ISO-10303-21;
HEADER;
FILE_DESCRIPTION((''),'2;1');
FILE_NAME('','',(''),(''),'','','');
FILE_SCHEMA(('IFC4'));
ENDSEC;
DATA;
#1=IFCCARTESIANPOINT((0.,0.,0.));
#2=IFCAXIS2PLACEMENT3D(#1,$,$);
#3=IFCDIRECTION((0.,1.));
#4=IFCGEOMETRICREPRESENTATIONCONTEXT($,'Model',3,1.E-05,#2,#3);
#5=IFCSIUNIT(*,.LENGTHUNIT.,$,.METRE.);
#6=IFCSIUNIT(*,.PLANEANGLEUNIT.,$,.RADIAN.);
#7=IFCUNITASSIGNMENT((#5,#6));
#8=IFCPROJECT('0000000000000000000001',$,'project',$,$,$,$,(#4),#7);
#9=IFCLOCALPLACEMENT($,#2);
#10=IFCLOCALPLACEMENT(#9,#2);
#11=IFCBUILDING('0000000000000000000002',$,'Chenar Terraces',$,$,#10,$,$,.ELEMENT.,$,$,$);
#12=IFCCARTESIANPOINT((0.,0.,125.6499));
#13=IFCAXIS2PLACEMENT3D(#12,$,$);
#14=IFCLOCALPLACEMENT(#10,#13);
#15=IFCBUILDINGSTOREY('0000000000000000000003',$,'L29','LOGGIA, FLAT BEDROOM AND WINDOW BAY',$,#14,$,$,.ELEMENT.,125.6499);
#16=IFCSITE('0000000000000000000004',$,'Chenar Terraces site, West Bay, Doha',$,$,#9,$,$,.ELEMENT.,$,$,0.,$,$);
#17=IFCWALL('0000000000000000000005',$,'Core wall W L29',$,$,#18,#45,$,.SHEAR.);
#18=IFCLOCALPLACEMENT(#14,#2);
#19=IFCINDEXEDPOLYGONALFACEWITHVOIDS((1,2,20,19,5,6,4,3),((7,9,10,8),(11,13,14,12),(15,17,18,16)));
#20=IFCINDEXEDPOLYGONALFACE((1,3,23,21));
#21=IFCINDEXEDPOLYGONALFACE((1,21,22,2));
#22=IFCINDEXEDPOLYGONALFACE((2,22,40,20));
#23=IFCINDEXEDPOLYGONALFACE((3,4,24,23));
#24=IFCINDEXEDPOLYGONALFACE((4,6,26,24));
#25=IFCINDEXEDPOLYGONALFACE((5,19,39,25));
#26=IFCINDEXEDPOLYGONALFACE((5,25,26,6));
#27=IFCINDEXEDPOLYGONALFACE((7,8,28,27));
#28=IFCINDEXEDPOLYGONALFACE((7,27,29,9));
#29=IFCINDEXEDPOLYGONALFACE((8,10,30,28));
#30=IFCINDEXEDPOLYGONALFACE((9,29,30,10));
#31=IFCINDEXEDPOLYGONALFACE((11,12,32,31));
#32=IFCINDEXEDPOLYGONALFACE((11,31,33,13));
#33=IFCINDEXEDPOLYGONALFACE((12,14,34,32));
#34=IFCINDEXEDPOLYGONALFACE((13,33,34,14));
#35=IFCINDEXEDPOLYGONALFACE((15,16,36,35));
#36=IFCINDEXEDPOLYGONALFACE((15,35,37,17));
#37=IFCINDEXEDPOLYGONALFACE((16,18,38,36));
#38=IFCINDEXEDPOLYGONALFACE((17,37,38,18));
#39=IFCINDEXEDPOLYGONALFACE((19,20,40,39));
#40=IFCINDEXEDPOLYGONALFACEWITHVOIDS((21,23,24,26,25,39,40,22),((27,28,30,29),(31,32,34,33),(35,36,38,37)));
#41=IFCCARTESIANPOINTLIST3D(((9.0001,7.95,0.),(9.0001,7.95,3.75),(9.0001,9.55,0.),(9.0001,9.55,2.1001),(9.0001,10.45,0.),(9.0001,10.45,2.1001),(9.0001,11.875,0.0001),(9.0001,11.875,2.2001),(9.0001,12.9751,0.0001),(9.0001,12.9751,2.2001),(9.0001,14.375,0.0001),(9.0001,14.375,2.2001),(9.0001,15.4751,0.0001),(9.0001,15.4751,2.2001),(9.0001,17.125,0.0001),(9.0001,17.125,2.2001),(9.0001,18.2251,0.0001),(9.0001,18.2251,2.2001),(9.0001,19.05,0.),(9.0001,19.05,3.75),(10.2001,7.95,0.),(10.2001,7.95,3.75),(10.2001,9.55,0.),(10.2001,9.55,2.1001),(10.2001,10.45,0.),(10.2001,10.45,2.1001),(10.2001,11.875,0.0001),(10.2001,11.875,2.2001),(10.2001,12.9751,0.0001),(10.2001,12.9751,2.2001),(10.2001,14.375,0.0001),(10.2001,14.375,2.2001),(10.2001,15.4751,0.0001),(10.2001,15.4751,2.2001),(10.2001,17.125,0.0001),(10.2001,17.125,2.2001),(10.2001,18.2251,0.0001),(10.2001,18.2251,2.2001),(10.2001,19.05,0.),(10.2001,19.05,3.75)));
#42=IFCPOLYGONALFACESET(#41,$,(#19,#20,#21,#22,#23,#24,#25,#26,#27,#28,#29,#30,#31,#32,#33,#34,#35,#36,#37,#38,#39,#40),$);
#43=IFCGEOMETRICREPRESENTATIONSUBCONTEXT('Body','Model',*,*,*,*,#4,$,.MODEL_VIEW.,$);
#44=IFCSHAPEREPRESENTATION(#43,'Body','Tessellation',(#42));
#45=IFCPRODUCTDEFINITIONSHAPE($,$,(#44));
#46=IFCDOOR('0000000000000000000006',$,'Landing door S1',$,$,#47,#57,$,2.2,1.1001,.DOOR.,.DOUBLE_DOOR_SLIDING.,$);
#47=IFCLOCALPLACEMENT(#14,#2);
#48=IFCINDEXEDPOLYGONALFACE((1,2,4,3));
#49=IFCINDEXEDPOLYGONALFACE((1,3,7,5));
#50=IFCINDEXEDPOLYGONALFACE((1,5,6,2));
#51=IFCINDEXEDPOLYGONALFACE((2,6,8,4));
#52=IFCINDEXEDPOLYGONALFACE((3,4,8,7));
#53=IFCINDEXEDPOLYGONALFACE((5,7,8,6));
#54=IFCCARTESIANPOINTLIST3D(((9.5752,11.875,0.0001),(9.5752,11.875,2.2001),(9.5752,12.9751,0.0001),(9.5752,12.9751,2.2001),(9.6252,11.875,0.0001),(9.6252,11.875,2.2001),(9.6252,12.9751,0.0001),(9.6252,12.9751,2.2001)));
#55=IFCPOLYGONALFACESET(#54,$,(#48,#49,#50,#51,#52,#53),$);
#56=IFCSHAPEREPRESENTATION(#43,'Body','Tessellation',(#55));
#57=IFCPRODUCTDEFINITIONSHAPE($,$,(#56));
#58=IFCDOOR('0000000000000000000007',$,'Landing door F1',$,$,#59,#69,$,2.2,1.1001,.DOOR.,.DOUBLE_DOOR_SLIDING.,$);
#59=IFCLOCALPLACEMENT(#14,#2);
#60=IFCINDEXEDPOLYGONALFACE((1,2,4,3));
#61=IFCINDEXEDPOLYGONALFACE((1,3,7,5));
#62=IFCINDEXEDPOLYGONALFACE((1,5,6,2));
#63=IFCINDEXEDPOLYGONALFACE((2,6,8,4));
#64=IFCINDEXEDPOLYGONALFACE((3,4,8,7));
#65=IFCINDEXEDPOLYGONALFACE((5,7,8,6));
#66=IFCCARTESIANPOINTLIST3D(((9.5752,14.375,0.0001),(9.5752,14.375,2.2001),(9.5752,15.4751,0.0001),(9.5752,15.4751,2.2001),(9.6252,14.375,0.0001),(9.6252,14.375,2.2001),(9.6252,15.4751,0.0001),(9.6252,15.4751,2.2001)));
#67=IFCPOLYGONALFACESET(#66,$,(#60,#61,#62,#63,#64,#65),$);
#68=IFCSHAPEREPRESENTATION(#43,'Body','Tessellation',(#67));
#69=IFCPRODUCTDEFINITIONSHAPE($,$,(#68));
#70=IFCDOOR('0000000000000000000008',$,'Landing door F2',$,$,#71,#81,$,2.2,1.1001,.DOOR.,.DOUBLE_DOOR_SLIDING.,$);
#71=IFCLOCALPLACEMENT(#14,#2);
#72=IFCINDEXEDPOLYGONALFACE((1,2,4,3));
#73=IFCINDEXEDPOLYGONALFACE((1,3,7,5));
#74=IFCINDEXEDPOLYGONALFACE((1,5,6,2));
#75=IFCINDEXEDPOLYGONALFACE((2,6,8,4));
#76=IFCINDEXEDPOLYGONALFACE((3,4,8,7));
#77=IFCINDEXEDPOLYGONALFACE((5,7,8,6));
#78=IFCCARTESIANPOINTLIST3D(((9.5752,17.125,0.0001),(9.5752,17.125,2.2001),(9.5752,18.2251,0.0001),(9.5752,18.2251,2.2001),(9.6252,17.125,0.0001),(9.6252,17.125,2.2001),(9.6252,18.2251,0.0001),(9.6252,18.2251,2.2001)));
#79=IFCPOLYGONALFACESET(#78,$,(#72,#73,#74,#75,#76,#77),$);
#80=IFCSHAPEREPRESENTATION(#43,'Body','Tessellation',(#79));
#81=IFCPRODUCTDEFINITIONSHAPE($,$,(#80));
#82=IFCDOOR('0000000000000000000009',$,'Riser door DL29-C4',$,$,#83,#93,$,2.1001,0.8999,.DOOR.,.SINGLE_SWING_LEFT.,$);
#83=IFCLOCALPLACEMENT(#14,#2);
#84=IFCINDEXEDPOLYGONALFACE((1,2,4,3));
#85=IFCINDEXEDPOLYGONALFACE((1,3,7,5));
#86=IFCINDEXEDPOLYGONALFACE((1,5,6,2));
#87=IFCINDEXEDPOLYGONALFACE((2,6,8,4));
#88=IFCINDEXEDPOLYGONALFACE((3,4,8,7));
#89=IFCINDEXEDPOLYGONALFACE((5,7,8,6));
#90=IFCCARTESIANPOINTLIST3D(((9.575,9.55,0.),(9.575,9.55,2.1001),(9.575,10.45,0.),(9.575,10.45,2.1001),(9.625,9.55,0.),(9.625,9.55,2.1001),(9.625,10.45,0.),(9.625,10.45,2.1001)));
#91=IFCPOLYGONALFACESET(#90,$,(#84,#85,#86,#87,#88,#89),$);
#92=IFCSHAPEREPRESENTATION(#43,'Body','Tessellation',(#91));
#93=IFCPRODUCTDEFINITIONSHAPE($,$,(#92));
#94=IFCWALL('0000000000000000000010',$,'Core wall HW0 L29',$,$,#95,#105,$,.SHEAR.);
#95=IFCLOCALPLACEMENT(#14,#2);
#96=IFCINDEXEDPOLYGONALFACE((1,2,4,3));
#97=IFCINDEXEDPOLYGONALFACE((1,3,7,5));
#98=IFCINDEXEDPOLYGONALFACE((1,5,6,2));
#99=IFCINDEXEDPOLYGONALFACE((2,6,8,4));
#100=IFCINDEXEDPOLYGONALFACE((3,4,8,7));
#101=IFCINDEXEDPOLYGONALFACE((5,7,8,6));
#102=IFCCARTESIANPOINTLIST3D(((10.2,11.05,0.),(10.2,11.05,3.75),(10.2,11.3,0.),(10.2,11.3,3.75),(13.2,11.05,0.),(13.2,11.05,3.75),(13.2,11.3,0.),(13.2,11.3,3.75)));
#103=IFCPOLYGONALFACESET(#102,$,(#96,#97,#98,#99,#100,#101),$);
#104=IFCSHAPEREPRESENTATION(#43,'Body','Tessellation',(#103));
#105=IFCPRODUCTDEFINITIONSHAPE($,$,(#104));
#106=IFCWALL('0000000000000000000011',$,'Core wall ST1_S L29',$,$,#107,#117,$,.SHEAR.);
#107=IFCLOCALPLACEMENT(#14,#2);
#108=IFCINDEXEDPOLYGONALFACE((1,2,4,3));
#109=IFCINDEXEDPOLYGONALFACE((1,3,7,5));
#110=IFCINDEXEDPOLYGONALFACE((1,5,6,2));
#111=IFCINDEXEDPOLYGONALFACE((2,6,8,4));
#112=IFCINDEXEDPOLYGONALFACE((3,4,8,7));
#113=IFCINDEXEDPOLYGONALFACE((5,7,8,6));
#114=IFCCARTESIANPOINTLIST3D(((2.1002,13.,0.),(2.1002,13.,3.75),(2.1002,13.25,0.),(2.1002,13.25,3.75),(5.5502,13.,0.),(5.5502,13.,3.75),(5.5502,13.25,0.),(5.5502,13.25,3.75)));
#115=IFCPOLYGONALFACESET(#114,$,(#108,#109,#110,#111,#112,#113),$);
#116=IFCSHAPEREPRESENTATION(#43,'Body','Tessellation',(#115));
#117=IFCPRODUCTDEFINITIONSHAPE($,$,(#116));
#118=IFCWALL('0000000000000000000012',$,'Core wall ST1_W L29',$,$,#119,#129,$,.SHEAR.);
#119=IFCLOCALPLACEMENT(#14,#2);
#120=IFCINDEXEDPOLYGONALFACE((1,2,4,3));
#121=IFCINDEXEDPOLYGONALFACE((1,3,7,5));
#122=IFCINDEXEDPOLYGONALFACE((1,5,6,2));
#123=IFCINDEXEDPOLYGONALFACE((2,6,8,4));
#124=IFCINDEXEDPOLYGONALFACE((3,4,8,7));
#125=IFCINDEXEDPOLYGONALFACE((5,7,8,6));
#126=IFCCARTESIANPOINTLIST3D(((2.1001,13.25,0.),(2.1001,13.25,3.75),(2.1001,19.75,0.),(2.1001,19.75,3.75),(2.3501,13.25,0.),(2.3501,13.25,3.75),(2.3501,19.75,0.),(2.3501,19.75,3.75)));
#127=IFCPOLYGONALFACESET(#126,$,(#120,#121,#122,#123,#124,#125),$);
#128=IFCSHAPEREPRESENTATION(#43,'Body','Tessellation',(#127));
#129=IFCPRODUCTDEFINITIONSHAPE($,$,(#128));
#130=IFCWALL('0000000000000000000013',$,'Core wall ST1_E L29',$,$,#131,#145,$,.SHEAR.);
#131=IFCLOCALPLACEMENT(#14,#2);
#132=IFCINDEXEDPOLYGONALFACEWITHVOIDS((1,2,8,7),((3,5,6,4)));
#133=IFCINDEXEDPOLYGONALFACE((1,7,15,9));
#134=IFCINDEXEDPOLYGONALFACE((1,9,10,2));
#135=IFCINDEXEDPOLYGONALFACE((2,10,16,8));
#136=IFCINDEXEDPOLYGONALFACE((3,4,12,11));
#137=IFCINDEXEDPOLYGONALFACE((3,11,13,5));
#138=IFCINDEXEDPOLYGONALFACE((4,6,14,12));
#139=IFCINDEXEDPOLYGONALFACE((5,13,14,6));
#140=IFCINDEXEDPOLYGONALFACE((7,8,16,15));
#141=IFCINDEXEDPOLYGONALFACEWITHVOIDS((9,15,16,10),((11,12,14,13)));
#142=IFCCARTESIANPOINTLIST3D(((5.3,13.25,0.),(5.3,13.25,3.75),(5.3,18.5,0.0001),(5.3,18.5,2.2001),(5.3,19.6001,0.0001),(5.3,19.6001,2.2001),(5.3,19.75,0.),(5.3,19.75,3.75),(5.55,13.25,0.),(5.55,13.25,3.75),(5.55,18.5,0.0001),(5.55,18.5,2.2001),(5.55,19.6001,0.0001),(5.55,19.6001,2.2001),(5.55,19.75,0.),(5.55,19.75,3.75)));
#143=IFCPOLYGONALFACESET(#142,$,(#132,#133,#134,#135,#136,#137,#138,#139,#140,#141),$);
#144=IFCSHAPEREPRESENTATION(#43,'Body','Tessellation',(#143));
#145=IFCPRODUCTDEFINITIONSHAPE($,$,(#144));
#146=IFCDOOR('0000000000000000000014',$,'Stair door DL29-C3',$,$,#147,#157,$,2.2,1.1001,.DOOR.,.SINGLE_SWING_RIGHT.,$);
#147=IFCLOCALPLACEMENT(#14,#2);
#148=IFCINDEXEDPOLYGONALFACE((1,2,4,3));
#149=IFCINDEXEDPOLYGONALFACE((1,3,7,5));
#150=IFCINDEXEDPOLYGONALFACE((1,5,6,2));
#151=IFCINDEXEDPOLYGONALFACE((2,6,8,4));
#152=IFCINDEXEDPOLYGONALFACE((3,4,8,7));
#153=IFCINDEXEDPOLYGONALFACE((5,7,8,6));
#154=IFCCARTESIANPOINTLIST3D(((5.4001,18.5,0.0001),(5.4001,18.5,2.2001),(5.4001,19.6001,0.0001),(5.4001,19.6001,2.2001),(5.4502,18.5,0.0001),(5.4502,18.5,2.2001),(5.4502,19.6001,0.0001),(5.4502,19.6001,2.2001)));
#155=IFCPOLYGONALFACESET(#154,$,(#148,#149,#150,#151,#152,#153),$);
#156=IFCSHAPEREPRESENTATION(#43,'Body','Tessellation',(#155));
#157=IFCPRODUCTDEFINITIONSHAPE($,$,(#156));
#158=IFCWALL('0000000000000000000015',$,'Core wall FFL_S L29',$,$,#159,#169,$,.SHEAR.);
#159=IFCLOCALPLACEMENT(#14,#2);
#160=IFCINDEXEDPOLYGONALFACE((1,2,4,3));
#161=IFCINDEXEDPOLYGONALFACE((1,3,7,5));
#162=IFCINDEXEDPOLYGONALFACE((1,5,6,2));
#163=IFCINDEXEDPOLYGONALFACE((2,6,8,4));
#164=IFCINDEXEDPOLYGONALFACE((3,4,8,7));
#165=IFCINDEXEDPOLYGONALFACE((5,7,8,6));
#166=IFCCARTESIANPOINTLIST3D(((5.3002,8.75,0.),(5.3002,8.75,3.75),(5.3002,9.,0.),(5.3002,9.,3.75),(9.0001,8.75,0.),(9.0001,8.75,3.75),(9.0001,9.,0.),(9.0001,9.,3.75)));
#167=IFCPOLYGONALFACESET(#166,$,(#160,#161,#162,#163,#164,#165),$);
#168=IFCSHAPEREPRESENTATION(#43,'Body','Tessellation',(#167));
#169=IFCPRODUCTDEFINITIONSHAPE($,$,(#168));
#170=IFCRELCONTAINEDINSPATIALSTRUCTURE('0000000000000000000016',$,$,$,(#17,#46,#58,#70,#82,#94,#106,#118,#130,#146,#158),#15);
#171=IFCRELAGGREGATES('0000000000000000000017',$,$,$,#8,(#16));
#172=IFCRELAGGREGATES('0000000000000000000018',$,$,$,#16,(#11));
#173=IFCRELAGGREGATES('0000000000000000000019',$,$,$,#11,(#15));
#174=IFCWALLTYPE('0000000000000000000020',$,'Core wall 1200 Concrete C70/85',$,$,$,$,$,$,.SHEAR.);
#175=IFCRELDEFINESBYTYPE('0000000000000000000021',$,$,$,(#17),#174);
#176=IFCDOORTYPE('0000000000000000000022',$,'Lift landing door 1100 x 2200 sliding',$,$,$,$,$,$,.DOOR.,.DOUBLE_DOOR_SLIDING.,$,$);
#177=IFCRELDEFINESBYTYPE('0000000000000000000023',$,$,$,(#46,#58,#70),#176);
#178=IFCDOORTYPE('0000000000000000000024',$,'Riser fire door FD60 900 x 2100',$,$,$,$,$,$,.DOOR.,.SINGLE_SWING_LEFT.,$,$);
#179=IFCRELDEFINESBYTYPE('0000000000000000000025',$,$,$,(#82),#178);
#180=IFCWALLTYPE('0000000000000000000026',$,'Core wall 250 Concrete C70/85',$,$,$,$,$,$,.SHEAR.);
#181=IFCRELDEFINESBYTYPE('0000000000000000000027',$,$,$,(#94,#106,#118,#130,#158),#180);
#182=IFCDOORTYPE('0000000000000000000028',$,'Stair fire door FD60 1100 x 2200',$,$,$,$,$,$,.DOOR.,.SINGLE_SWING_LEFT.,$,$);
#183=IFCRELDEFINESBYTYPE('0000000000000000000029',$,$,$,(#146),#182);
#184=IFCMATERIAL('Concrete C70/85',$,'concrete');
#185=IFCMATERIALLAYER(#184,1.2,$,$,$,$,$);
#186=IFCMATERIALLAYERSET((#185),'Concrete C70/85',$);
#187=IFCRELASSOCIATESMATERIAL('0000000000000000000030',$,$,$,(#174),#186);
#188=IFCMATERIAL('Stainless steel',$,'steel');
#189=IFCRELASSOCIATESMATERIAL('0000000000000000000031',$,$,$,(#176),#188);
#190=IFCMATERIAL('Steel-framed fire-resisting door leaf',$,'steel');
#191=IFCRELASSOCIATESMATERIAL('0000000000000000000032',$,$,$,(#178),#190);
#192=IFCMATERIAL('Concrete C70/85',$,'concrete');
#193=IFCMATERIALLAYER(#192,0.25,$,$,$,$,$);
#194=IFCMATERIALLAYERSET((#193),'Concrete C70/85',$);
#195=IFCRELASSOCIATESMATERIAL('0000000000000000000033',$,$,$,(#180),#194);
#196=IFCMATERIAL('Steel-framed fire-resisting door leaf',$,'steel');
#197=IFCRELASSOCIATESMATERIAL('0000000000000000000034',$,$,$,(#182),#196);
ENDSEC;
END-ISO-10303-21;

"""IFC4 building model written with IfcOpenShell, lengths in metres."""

from ifc_helpers import new_model, si_unit, direction, frame, frame_2d, origin, place, context, subcontext, project, spatial, rectangle, extrude, material, layer, layer_set, type_object, element, fill, save


model = new_model("IFC4")

# Units and contexts
model_context = context("Model", 3, precision=1e-05, world=origin(), true_north=direction((0.0, 1.0)))
body_context = subcontext(model_context, "Body", "Model", "MODEL_VIEW")
ifc_project = project(units=[si_unit("LENGTHUNIT", "METRE"), si_unit("PLANEANGLEUNIT", "RADIAN")], contexts=[model_context])

# Site, building, storey
site_placement = place(None, origin())
site = spatial("IfcSite", under=ifc_project, at=site_placement, Name="Chenar Terraces site, West Bay, Doha", CompositionType="ELEMENT", RefElevation=0.0)
building_placement = place(site_placement, origin())
building = spatial("IfcBuilding", under=site, at=building_placement, Name="Chenar Terraces", CompositionType="ELEMENT")
storey_placement = place(building_placement, frame((0.0, 0.0, 125.6499)))
storey = spatial("IfcBuildingStorey", under=building, at=storey_placement, Name="L29", Description="LOGGIA, FLAT BEDROOM AND WINDOW BAY", CompositionType="ELEMENT", Elevation=125.6499)

# Wall, openings, doors
ifc_material_1 = material(Name="Concrete C70/85", Category="concrete")
ifc_layer_1 = layer(ifc_material_1, 1.2)
ifc_layer_set_1 = layer_set([ifc_layer_1], Name="Concrete C70/85")
wall_type_1 = type_object("IfcWallType", Name="Core wall 1200 Concrete C70/85", PredefinedType="SHEAR", material=ifc_layer_set_1)
wall_1_placement = place(storey_placement, frame((9.6001, 7.95, 0.0), z_axis=(0.0, 0.0, 1.0), x_axis=(0.0, 1.0, 0.0)))
wall_1 = element("IfcWall", 1, at=wall_1_placement, inside=storey, type_object=wall_type_1, Name="Core wall W L29", PredefinedType="SHEAR", context=body_context, shape_type="SweptSolid", body=[
    extrude(rectangle(XDim=11.1001, YDim=1.2, at=frame_2d((5.55, 0.0))), origin(), (0.0, 0.0, 1.0), 3.75),
])
opening_1_placement = place(wall_1_placement, frame((3.925, 0.0, 0.0)))
opening_1 = element("IfcOpeningElement", 2, at=opening_1_placement, cuts=wall_1, PredefinedType="OPENING", context=body_context, shape_type="SweptSolid", body=[
    extrude(rectangle(XDim=1.1001, YDim=2.2, at=frame_2d((0.55, 1.1001))), frame((0.0, 0.6099, 0.0), z_axis=(0.0, -1.0, 0.0), x_axis=(1.0, 0.0, 0.0)), (0.0, 0.0, 1.0), 1.22),
])
opening_2_placement = place(wall_1_placement, frame((6.425, 0.0, 0.0)))
opening_2 = element("IfcOpeningElement", 3, at=opening_2_placement, cuts=wall_1, PredefinedType="OPENING", context=body_context, shape_type="SweptSolid", body=[
    extrude(rectangle(XDim=1.1001, YDim=2.2, at=frame_2d((0.55, 1.1001))), frame((0.0, 0.6099, 0.0), z_axis=(0.0, -1.0, 0.0), x_axis=(1.0, 0.0, 0.0)), (0.0, 0.0, 1.0), 1.22),
])
opening_3_placement = place(wall_1_placement, frame((9.175, 0.0, 0.0)))
opening_3 = element("IfcOpeningElement", 4, at=opening_3_placement, cuts=wall_1, PredefinedType="OPENING", context=body_context, shape_type="SweptSolid", body=[
    extrude(rectangle(XDim=1.1001, YDim=2.2, at=frame_2d((0.55, 1.1001))), frame((0.0, 0.6099, 0.0), z_axis=(0.0, -1.0, 0.0), x_axis=(1.0, 0.0, 0.0)), (0.0, 0.0, 1.0), 1.22),
])
opening_4_placement = place(wall_1_placement, frame((1.6001, 0.0, 0.0)))
opening_4 = element("IfcOpeningElement", 5, at=opening_4_placement, cuts=wall_1, PredefinedType="OPENING", context=body_context, shape_type="SweptSolid", body=[
    extrude(rectangle(XDim=0.8999, YDim=2.1001, at=frame_2d((0.45, 1.05))), frame((0.0, 0.6099, 0.0), z_axis=(0.0, -1.0, 0.0), x_axis=(1.0, 0.0, 0.0)), (0.0, 0.0, 1.0), 1.22),
])
ifc_material_2 = material(Name="Stainless steel", Category="steel")
door_type_1 = type_object("IfcDoorType", Name="Lift landing door 1100 x 2200 sliding", OperationType="DOUBLE_DOOR_SLIDING", PredefinedType="DOOR", material=ifc_material_2)
door_1_placement = place(opening_1_placement, origin())
door_1 = element("IfcDoor", 6, at=door_1_placement, inside=storey, type_object=door_type_1, Name="Landing door S1", OperationType="DOUBLE_DOOR_SLIDING", OverallHeight=2.2, OverallWidth=1.1001, PredefinedType="DOOR", context=body_context, shape_type="SweptSolid", body=[
    extrude(rectangle(XDim=1.1001, YDim=2.2, at=frame_2d((0.55, 1.1001))), frame((0.0, 0.0249, 0.0), z_axis=(0.0, -1.0, 0.0), x_axis=(1.0, 0.0, 0.0)), (0.0, 0.0, 1.0), 0.05),
])
fill(opening_1, door_1)
door_2_placement = place(opening_2_placement, origin())
door_2 = element("IfcDoor", 7, at=door_2_placement, inside=storey, type_object=door_type_1, Name="Landing door F1", OperationType="DOUBLE_DOOR_SLIDING", OverallHeight=2.2, OverallWidth=1.1001, PredefinedType="DOOR", context=body_context, shape_type="SweptSolid", body=[
    extrude(rectangle(XDim=1.1001, YDim=2.2, at=frame_2d((0.55, 1.1001))), frame((0.0, 0.0249, 0.0), z_axis=(0.0, -1.0, 0.0), x_axis=(1.0, 0.0, 0.0)), (0.0, 0.0, 1.0), 0.05),
])
fill(opening_2, door_2)
door_3_placement = place(opening_3_placement, origin())
door_3 = element("IfcDoor", 8, at=door_3_placement, inside=storey, type_object=door_type_1, Name="Landing door F2", OperationType="DOUBLE_DOOR_SLIDING", OverallHeight=2.2, OverallWidth=1.1001, PredefinedType="DOOR", context=body_context, shape_type="SweptSolid", body=[
    extrude(rectangle(XDim=1.1001, YDim=2.2, at=frame_2d((0.55, 1.1001))), frame((0.0, 0.0249, 0.0), z_axis=(0.0, -1.0, 0.0), x_axis=(1.0, 0.0, 0.0)), (0.0, 0.0, 1.0), 0.05),
])
fill(opening_3, door_3)
ifc_material_3 = material(Name="Steel-framed fire-resisting door leaf", Category="steel")
door_type_2 = type_object("IfcDoorType", Name="Riser fire door FD60 900 x 2100", OperationType="SINGLE_SWING_LEFT", PredefinedType="DOOR", material=ifc_material_3)
door_4_placement = place(opening_4_placement, frame((0.8999, 0.0, 0.0), z_axis=(0.0, 0.0, 1.0), x_axis=(-1.0, 0.0, 0.0)))
door_4 = element("IfcDoor", 9, at=door_4_placement, inside=storey, type_object=door_type_2, Name="Riser door DL29-C4", OperationType="SINGLE_SWING_LEFT", OverallHeight=2.1001, OverallWidth=0.8999, PredefinedType="DOOR", context=body_context, shape_type="SweptSolid", body=[
    extrude(rectangle(XDim=0.8999, YDim=2.1001, at=frame_2d((0.45, 1.05))), frame((0.0, 0.0249, 0.0), z_axis=(0.0, -1.0, 0.0), x_axis=(1.0, 0.0, 0.0)), (0.0, 0.0, 1.0), 0.05),
])
fill(opening_4, door_4)

# Walls
ifc_material_4 = material(Name="Concrete C70/85", Category="concrete")
ifc_layer_2 = layer(ifc_material_4, 0.25)
ifc_layer_set_2 = layer_set([ifc_layer_2], Name="Concrete C70/85")
wall_type_2 = type_object("IfcWallType", Name="Core wall 250 Concrete C70/85", PredefinedType="SHEAR", material=ifc_layer_set_2)
wall_2_placement = place(storey_placement, frame((10.2, 11.175, 0.0), z_axis=(0.0, 0.0, 1.0), x_axis=(1.0, 0.0, 0.0)))
element("IfcWall", 10, at=wall_2_placement, inside=storey, type_object=wall_type_2, Name="Core wall HW0 L29", PredefinedType="SHEAR", context=body_context, shape_type="SweptSolid", body=[
    extrude(rectangle(XDim=3.0, YDim=0.25, at=frame_2d((1.5, 0.0))), origin(), (0.0, 0.0, 1.0), 3.75),
])
wall_3_placement = place(storey_placement, frame((2.1001, 13.125, 0.0), z_axis=(0.0, 0.0, 1.0), x_axis=(1.0, 0.0, 0.0)))
element("IfcWall", 11, at=wall_3_placement, inside=storey, type_object=wall_type_2, Name="Core wall ST1_S L29", PredefinedType="SHEAR", context=body_context, shape_type="SweptSolid", body=[
    extrude(rectangle(XDim=3.45, YDim=0.25, at=frame_2d((1.7251, 0.0))), origin(), (0.0, 0.0, 1.0), 3.75),
])
wall_4_placement = place(storey_placement, frame((2.2251, 13.25, 0.0), z_axis=(0.0, 0.0, 1.0), x_axis=(0.0, 1.0, 0.0)))
element("IfcWall", 12, at=wall_4_placement, inside=storey, type_object=wall_type_2, Name="Core wall ST1_W L29", PredefinedType="SHEAR", context=body_context, shape_type="SweptSolid", body=[
    extrude(rectangle(XDim=6.5, YDim=0.25, at=frame_2d((3.25, 0.0))), origin(), (0.0, 0.0, 1.0), 3.75),
])

# Wall, opening, door
wall_5_placement = place(storey_placement, frame((5.425, 13.25, 0.0), z_axis=(0.0, 0.0, 1.0), x_axis=(0.0, 1.0, 0.0)))
wall_5 = element("IfcWall", 13, at=wall_5_placement, inside=storey, type_object=wall_type_2, Name="Core wall ST1_E L29", PredefinedType="SHEAR", context=body_context, shape_type="SweptSolid", body=[
    extrude(rectangle(XDim=6.5, YDim=0.25, at=frame_2d((3.25, 0.0))), origin(), (0.0, 0.0, 1.0), 3.75),
])
opening_5_placement = place(wall_5_placement, frame((5.25, 0.0, 0.0)))
opening_5 = element("IfcOpeningElement", 14, at=opening_5_placement, cuts=wall_5, PredefinedType="OPENING", context=body_context, shape_type="SweptSolid", body=[
    extrude(rectangle(XDim=1.1001, YDim=2.2, at=frame_2d((0.55, 1.1001))), frame((0.0, 0.135, 0.0), z_axis=(0.0, -1.0, 0.0), x_axis=(1.0, 0.0, 0.0)), (0.0, 0.0, 1.0), 0.27),
])
ifc_material_5 = material(Name="Steel-framed fire-resisting door leaf", Category="steel")
door_type_3 = type_object("IfcDoorType", Name="Stair fire door FD60 1100 x 2200", OperationType="SINGLE_SWING_LEFT", PredefinedType="DOOR", material=ifc_material_5)
door_5_placement = place(opening_5_placement, origin())
door_5 = element("IfcDoor", 15, at=door_5_placement, inside=storey, type_object=door_type_3, Name="Stair door DL29-C3", OperationType="SINGLE_SWING_RIGHT", OverallHeight=2.2, OverallWidth=1.1001, PredefinedType="DOOR", context=body_context, shape_type="SweptSolid", body=[
    extrude(rectangle(XDim=1.1001, YDim=2.2, at=frame_2d((0.55, 1.1001))), frame((0.0, 0.0249, 0.0), z_axis=(0.0, -1.0, 0.0), x_axis=(1.0, 0.0, 0.0)), (0.0, 0.0, 1.0), 0.05),
])
fill(opening_5, door_5)

# Wall
wall_6_placement = place(storey_placement, frame((5.3, 8.875, 0.0), z_axis=(0.0, 0.0, 1.0), x_axis=(1.0, 0.0, 0.0)))
element("IfcWall", 16, at=wall_6_placement, inside=storey, type_object=wall_type_2, Name="Core wall FFL_S L29", PredefinedType="SHEAR", context=body_context, shape_type="SweptSolid", body=[
    extrude(rectangle(XDim=3.7, YDim=0.25, at=frame_2d((1.8501, 0.0))), origin(), (0.0, 0.0, 1.0), 3.75),
])

save(model, "model.ifc")
